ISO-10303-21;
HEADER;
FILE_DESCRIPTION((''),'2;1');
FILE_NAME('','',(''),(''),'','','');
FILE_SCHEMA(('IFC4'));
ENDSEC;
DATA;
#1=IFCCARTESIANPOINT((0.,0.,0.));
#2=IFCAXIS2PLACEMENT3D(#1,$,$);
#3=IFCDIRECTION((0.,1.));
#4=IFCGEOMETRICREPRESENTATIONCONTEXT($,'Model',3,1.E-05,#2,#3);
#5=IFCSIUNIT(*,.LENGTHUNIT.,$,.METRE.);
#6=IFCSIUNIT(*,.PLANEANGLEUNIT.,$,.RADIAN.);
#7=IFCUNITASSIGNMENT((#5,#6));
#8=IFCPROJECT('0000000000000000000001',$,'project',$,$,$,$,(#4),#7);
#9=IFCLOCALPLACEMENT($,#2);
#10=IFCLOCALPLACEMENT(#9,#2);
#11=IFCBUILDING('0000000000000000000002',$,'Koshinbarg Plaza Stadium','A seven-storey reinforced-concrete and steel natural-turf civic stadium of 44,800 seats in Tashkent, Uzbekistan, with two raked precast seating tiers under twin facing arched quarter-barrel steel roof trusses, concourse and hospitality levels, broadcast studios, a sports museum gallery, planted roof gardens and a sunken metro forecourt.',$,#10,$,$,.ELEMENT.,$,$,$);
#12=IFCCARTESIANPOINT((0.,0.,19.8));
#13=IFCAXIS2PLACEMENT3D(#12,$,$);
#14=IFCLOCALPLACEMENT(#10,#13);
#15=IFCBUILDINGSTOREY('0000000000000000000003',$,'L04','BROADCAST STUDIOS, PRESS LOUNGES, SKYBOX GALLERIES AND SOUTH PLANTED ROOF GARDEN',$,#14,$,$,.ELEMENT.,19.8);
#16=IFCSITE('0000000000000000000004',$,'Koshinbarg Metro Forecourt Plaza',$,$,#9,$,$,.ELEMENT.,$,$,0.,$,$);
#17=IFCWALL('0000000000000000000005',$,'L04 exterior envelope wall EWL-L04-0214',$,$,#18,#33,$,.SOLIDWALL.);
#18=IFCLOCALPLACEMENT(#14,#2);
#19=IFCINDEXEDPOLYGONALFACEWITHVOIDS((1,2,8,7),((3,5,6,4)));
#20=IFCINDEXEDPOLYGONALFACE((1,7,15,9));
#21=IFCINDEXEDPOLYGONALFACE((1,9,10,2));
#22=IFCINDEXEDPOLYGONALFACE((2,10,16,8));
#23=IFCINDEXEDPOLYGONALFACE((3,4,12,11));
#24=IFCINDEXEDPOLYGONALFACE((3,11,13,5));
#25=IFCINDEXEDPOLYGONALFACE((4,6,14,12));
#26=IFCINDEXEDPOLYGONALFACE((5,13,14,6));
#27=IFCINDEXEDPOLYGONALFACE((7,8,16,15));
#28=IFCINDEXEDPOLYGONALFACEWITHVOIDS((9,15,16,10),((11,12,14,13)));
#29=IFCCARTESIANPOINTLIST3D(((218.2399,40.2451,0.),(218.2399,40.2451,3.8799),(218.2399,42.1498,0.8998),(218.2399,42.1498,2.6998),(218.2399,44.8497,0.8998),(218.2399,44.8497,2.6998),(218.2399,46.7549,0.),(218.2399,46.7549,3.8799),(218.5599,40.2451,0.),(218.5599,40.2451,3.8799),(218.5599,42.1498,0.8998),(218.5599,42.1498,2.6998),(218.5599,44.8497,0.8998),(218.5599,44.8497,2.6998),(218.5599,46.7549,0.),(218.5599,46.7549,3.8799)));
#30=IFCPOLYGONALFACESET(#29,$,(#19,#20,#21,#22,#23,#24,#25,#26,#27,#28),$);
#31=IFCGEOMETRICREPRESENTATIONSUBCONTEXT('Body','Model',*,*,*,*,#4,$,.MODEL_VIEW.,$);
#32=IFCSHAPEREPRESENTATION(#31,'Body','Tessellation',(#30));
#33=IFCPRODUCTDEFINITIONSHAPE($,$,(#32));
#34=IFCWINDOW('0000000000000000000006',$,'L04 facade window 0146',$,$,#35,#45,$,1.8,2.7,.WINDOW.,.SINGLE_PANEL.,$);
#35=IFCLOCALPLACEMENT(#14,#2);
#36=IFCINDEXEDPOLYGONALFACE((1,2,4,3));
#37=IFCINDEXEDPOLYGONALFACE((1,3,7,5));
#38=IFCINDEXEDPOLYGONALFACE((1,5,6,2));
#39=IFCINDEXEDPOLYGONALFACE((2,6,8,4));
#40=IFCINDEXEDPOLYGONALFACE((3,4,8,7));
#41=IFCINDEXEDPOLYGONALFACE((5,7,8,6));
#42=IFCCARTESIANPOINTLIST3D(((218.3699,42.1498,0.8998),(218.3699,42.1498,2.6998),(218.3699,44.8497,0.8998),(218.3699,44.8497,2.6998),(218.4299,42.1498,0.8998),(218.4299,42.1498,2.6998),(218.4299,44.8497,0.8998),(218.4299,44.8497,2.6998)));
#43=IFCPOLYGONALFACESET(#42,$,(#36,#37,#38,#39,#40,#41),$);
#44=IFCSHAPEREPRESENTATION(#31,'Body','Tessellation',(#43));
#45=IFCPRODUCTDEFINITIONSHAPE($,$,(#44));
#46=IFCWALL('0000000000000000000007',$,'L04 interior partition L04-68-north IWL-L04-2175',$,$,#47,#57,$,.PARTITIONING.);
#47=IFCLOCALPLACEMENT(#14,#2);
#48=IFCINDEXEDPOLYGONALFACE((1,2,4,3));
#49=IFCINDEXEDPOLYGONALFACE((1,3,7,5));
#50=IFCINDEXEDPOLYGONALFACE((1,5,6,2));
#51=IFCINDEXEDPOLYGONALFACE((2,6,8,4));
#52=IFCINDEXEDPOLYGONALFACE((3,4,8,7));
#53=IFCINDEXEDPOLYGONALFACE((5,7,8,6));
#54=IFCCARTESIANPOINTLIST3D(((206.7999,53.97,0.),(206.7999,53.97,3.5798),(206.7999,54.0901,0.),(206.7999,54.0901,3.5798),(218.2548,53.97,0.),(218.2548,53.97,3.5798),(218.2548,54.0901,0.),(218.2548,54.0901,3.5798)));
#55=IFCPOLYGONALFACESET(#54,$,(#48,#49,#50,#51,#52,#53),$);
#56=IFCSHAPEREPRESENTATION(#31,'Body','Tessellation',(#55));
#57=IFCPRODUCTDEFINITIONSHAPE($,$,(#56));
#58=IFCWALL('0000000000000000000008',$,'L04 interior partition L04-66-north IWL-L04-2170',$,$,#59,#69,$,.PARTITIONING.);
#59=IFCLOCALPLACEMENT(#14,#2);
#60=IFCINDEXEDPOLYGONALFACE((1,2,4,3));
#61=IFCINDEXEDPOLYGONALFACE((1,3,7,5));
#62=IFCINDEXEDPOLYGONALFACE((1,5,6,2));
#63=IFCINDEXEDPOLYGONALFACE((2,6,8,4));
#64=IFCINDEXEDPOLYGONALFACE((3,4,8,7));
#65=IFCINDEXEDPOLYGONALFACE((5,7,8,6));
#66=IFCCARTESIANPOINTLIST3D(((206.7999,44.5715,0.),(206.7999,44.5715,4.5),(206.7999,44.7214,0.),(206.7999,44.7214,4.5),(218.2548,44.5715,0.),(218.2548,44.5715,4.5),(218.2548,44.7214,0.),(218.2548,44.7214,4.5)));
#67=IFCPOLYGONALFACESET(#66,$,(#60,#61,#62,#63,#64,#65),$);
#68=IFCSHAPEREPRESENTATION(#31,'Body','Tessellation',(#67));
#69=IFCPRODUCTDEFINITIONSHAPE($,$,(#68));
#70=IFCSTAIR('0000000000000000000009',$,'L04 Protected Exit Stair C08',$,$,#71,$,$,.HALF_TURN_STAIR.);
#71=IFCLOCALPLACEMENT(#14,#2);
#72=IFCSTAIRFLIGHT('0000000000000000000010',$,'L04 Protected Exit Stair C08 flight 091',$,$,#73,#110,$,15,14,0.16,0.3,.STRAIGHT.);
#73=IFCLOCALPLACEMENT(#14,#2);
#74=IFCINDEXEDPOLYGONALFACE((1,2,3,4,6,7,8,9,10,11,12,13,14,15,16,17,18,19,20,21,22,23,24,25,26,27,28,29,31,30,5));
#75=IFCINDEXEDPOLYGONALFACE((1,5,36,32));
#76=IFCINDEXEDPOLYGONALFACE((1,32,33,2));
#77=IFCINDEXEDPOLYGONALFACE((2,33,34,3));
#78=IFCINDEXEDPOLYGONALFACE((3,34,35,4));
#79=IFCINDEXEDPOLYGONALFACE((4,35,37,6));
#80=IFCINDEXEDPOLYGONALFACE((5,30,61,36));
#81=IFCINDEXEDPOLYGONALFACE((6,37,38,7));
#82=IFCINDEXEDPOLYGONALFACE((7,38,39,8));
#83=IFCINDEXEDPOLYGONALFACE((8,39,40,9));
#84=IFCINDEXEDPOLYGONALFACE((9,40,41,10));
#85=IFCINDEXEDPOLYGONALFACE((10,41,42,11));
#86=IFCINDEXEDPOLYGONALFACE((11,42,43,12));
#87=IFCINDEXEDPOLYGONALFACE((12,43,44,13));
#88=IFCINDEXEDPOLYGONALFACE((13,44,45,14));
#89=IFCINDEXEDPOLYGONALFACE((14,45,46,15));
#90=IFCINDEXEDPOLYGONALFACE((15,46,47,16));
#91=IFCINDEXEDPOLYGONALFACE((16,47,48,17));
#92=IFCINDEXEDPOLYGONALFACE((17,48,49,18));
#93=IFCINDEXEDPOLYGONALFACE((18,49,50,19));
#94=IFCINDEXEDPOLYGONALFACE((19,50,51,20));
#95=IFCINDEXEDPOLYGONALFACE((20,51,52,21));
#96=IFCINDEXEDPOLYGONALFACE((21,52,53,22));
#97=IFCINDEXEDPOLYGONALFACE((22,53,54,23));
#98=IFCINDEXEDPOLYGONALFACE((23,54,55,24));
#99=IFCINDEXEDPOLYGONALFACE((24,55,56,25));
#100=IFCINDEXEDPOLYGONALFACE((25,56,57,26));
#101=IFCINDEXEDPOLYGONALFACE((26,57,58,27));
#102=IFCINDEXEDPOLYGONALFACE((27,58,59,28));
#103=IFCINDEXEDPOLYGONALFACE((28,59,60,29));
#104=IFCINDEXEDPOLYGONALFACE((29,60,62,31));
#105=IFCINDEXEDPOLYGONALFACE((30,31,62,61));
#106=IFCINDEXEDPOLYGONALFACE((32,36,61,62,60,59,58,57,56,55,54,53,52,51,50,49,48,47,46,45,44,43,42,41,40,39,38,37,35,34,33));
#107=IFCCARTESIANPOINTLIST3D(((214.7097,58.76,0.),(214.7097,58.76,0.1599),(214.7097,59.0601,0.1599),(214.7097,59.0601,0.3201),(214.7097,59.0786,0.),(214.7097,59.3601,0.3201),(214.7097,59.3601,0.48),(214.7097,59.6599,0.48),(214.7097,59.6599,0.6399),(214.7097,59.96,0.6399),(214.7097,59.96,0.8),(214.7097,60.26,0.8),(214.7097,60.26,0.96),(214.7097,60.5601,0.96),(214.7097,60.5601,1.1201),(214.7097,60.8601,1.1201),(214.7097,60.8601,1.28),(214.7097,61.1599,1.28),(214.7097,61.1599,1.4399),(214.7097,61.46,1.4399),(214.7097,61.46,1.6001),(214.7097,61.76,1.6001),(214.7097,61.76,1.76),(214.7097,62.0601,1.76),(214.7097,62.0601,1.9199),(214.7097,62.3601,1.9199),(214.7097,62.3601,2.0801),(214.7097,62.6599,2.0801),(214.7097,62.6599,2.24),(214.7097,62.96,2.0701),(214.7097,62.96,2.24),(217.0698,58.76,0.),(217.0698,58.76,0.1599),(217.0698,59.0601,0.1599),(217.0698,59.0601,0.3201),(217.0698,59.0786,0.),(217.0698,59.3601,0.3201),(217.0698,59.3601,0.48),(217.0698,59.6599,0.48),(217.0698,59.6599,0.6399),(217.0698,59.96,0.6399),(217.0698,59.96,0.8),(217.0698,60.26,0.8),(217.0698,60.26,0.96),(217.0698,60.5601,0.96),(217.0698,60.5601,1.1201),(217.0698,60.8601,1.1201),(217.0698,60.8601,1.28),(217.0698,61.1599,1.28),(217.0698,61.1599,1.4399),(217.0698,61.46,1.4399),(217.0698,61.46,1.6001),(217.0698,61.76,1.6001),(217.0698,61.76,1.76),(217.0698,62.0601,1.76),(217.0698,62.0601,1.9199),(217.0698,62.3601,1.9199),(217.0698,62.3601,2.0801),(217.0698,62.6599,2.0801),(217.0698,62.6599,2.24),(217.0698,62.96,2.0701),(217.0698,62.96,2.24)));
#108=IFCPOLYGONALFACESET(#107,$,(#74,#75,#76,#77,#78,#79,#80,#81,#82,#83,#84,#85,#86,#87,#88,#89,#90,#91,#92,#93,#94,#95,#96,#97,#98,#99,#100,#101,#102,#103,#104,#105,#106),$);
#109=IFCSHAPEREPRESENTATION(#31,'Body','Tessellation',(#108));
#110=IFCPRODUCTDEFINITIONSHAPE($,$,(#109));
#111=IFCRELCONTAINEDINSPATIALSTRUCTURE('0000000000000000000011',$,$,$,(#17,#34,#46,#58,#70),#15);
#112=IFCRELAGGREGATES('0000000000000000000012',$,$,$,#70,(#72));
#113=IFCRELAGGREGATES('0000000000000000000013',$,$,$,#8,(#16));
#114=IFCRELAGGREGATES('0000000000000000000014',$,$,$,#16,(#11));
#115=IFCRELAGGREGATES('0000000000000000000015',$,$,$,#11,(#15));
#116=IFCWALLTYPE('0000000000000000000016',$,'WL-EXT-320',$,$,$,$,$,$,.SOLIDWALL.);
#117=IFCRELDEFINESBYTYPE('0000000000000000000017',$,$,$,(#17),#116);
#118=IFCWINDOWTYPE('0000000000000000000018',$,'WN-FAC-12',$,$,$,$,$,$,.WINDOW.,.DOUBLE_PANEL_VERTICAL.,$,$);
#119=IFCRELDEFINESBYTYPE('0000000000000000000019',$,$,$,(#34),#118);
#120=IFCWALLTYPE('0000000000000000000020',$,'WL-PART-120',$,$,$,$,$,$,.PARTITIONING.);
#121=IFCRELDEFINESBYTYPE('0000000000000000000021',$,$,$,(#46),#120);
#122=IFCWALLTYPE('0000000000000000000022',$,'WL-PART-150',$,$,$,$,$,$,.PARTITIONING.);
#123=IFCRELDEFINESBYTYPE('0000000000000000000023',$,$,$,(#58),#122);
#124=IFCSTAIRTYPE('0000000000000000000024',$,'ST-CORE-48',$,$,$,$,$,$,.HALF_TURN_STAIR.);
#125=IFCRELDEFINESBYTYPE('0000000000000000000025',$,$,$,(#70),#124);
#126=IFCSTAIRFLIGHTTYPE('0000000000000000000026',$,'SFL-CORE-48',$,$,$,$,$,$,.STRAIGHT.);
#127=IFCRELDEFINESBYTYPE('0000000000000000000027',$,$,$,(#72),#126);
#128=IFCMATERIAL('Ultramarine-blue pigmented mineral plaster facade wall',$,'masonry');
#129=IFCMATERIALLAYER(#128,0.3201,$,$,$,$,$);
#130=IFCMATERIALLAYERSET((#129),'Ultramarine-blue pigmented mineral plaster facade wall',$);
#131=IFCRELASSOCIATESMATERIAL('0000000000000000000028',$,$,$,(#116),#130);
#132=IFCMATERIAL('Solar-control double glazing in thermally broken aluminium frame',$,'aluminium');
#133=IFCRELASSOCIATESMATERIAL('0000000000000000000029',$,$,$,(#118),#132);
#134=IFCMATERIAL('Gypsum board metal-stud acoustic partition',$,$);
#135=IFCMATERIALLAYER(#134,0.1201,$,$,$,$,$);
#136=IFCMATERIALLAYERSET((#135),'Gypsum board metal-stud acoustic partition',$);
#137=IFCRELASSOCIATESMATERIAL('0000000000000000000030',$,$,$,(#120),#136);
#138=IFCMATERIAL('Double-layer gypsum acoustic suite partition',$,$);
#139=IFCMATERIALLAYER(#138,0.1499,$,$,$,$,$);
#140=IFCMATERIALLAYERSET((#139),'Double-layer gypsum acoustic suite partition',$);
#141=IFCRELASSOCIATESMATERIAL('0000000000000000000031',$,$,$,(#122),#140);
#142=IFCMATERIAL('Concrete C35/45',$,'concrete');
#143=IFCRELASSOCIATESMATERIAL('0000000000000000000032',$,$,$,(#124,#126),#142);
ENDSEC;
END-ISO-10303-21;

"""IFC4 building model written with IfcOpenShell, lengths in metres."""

from ifc_helpers import new_model, si_unit, direction, frame, frame_2d, origin, place, context, subcontext, project, spatial, polyline, rectangle, outline, extrude, material, layer, layer_set, type_object, element, fill, aggregate, save


model = new_model("IFC4")

# Units and contexts
model_context = context("Model", 3, precision=1e-05, world=origin(), true_north=direction((0.0, 1.0)))
body_context = subcontext(model_context, "Body", "Model", "MODEL_VIEW")
ifc_project = project(units=[si_unit("LENGTHUNIT", "METRE"), si_unit("PLANEANGLEUNIT", "RADIAN")], contexts=[model_context])

# Site, building, storey
site_placement = place(None, origin())
site = spatial("IfcSite", under=ifc_project, at=site_placement, Name="Koshinbarg Metro Forecourt Plaza", CompositionType="ELEMENT", RefElevation=0.0)
building_placement = place(site_placement, origin())
building = spatial("IfcBuilding", under=site, at=building_placement, Name="Koshinbarg Plaza Stadium", Description="A seven-storey reinforced-concrete and steel natural-turf civic stadium of 44,800 seats in Tashkent, Uzbekistan, with two raked precast seating tiers under twin facing arched quarter-barrel steel roof trusses, concourse and hospitality levels, broadcast studios, a sports museum gallery, planted roof gardens and a sunken metro forecourt.", CompositionType="ELEMENT")
storey_placement = place(building_placement, frame((0.0, 0.0, 19.8)))
storey = spatial("IfcBuildingStorey", under=building, at=storey_placement, Name="L04", Description="BROADCAST STUDIOS, PRESS LOUNGES, SKYBOX GALLERIES AND SOUTH PLANTED ROOF GARDEN", CompositionType="ELEMENT", Elevation=19.8)

# Wall, opening, window
ifc_material_1 = material(Name="Ultramarine-blue pigmented mineral plaster facade wall", Category="masonry")
ifc_layer_1 = layer(ifc_material_1, 0.3201)
ifc_layer_set_1 = layer_set([ifc_layer_1], Name="Ultramarine-blue pigmented mineral plaster facade wall")
wall_type_1 = type_object("IfcWallType", Name="WL-EXT-320", PredefinedType="SOLIDWALL", material=ifc_layer_set_1)
wall_1_placement = place(storey_placement, frame((218.3999, 46.7549, 0.0), z_axis=(0.0, 0.0, 1.0), x_axis=(0.0, -1.0, 0.0)))
wall_1 = element("IfcWall", 1, at=wall_1_placement, inside=storey, type_object=wall_type_1, Name="L04 exterior envelope wall EWL-L04-0214", PredefinedType="SOLIDWALL", context=body_context, shape_type="SweptSolid", body=[
    extrude(rectangle(XDim=6.5098, YDim=0.3201, at=frame_2d((3.2549, 0.0))), origin(), (0.0, 0.0, 1.0), 3.8799),
])
opening_1_placement = place(wall_1_placement, frame((1.905, 0.0, 0.8999)))
opening_1 = element("IfcOpeningElement", 2, at=opening_1_placement, cuts=wall_1, PredefinedType="OPENING", context=body_context, shape_type="SweptSolid", body=[
    extrude(rectangle(XDim=2.7, YDim=1.8, at=frame_2d((1.3501, 0.8999))), frame((0.0, 0.1699, 0.0), z_axis=(0.0, -1.0, 0.0), x_axis=(1.0, 0.0, 0.0)), (0.0, 0.0, 1.0), 0.3401),
])
ifc_material_2 = material(Name="Solar-control double glazing in thermally broken aluminium frame", Category="aluminium")
window_type = type_object("IfcWindowType", Name="WN-FAC-12", PartitioningType="DOUBLE_PANEL_VERTICAL", PredefinedType="WINDOW", material=ifc_material_2)
window_placement = place(opening_1_placement, origin())
window = element("IfcWindow", 3, at=window_placement, inside=storey, type_object=window_type, Name="L04 facade window 0146", OverallHeight=1.8, OverallWidth=2.7, PartitioningType="SINGLE_PANEL", PredefinedType="WINDOW", context=body_context, shape_type="SweptSolid", body=[
    extrude(rectangle(XDim=2.7, YDim=1.8, at=frame_2d((1.3501, 0.8999))), frame((0.0, 0.03, 0.0), z_axis=(0.0, -1.0, 0.0), x_axis=(1.0, 0.0, 0.0)), (0.0, 0.0, 1.0), 0.0601),
])
fill(opening_1, window)

# Walls
ifc_material_3 = material(Name="Gypsum board metal-stud acoustic partition")
ifc_layer_2 = layer(ifc_material_3, 0.1201)
ifc_layer_set_2 = layer_set([ifc_layer_2], Name="Gypsum board metal-stud acoustic partition")
wall_type_2 = type_object("IfcWallType", Name="WL-PART-120", PredefinedType="PARTITIONING", material=ifc_layer_set_2)
wall_2_placement = place(storey_placement, frame((218.2549, 54.03, 0.0), z_axis=(0.0, 0.0, 1.0), x_axis=(-1.0, 0.0, 0.0)))
element("IfcWall", 4, at=wall_2_placement, inside=storey, type_object=wall_type_2, Name="L04 interior partition L04-68-north IWL-L04-2175", PredefinedType="PARTITIONING", context=body_context, shape_type="SweptSolid", body=[
    extrude(rectangle(XDim=11.4548, YDim=0.1201, at=frame_2d((5.7275, 0.0))), origin(), (0.0, 0.0, 1.0), 3.5798),
])
ifc_material_4 = material(Name="Double-layer gypsum acoustic suite partition")
ifc_layer_3 = layer(ifc_material_4, 0.1499)
ifc_layer_set_3 = layer_set([ifc_layer_3], Name="Double-layer gypsum acoustic suite partition")
wall_type_3 = type_object("IfcWallType", Name="WL-PART-150", PredefinedType="PARTITIONING", material=ifc_layer_set_3)
wall_3_placement = place(storey_placement, frame((218.2549, 44.6465, 0.0), z_axis=(0.0, 0.0, 1.0), x_axis=(-1.0, 0.0, 0.0)))
element("IfcWall", 5, at=wall_3_placement, inside=storey, type_object=wall_type_3, Name="L04 interior partition L04-66-north IWL-L04-2170", PredefinedType="PARTITIONING", context=body_context, shape_type="SweptSolid", body=[
    extrude(rectangle(XDim=11.4548, YDim=0.1499, at=frame_2d((5.7275, 0.0))), origin(), (0.0, 0.0, 1.0), 4.5),
])

# Stair, stair flight
ifc_material_5 = material(Name="Concrete C35/45", Category="concrete")
stair_type = type_object("IfcStairType", Name="ST-CORE-48", PredefinedType="HALF_TURN_STAIR", material=ifc_material_5)
stair_placement = place(storey_placement, origin())
stair = element("IfcStair", 6, at=stair_placement, inside=storey, type_object=stair_type, Name="L04 Protected Exit Stair C08", PredefinedType="HALF_TURN_STAIR")
stair_flight_type = type_object("IfcStairFlightType", Name="SFL-CORE-48", PredefinedType="STRAIGHT", material=ifc_material_5)
stair_flight_placement = place(storey_placement, frame((215.8899, 58.76, 0.0), z_axis=(0.0, 0.0, 1.0), x_axis=(0.0, 1.0, 0.0)))
stair_flight = element("IfcStairFlight", 7, at=stair_flight_placement, type_object=stair_flight_type, Name="L04 Protected Exit Stair C08 flight 091", NumberOfRisers=15, NumberOfTreads=14, PredefinedType="STRAIGHT", RiserHeight=0.16, TreadLength=0.3, context=body_context, shape_type="SweptSolid", body=[
    extrude(outline(polyline([(0.0, 0.0), (0.0, 0.1599), (0.3, 0.1599), (0.3, 0.3201), (0.6001, 0.3201), (0.6001, 0.48), (0.8999, 0.48), (0.8999, 0.6399), (1.2, 0.6399), (1.2, 0.8), (1.5, 0.8), (1.5, 0.96), (1.8, 0.96), (1.8, 1.1201), (2.1001, 1.1201), (2.1001, 1.28), (2.3999, 1.28), (2.3999, 1.4399), (2.7, 1.4399), (2.7, 1.6001), (3.0, 1.6001), (3.0, 1.76), (3.3, 1.76), (3.3, 1.9199), (3.6001, 1.9199), (3.6001, 2.0801), (3.8999, 2.0801), (3.8999, 2.24), (4.2, 2.24), (4.2, 2.3999), (4.2, 2.0701), (0.3186, 0.0), (0.0, 0.0)])), frame((0.0, 1.1802, 0.0), z_axis=(0.0, -1.0, 0.0), x_axis=(1.0, 0.0, 0.0)), (0.0, 0.0, 1.0), 2.3601),
])
aggregate(stair, [stair_flight])

save(model, "model.ifc")
